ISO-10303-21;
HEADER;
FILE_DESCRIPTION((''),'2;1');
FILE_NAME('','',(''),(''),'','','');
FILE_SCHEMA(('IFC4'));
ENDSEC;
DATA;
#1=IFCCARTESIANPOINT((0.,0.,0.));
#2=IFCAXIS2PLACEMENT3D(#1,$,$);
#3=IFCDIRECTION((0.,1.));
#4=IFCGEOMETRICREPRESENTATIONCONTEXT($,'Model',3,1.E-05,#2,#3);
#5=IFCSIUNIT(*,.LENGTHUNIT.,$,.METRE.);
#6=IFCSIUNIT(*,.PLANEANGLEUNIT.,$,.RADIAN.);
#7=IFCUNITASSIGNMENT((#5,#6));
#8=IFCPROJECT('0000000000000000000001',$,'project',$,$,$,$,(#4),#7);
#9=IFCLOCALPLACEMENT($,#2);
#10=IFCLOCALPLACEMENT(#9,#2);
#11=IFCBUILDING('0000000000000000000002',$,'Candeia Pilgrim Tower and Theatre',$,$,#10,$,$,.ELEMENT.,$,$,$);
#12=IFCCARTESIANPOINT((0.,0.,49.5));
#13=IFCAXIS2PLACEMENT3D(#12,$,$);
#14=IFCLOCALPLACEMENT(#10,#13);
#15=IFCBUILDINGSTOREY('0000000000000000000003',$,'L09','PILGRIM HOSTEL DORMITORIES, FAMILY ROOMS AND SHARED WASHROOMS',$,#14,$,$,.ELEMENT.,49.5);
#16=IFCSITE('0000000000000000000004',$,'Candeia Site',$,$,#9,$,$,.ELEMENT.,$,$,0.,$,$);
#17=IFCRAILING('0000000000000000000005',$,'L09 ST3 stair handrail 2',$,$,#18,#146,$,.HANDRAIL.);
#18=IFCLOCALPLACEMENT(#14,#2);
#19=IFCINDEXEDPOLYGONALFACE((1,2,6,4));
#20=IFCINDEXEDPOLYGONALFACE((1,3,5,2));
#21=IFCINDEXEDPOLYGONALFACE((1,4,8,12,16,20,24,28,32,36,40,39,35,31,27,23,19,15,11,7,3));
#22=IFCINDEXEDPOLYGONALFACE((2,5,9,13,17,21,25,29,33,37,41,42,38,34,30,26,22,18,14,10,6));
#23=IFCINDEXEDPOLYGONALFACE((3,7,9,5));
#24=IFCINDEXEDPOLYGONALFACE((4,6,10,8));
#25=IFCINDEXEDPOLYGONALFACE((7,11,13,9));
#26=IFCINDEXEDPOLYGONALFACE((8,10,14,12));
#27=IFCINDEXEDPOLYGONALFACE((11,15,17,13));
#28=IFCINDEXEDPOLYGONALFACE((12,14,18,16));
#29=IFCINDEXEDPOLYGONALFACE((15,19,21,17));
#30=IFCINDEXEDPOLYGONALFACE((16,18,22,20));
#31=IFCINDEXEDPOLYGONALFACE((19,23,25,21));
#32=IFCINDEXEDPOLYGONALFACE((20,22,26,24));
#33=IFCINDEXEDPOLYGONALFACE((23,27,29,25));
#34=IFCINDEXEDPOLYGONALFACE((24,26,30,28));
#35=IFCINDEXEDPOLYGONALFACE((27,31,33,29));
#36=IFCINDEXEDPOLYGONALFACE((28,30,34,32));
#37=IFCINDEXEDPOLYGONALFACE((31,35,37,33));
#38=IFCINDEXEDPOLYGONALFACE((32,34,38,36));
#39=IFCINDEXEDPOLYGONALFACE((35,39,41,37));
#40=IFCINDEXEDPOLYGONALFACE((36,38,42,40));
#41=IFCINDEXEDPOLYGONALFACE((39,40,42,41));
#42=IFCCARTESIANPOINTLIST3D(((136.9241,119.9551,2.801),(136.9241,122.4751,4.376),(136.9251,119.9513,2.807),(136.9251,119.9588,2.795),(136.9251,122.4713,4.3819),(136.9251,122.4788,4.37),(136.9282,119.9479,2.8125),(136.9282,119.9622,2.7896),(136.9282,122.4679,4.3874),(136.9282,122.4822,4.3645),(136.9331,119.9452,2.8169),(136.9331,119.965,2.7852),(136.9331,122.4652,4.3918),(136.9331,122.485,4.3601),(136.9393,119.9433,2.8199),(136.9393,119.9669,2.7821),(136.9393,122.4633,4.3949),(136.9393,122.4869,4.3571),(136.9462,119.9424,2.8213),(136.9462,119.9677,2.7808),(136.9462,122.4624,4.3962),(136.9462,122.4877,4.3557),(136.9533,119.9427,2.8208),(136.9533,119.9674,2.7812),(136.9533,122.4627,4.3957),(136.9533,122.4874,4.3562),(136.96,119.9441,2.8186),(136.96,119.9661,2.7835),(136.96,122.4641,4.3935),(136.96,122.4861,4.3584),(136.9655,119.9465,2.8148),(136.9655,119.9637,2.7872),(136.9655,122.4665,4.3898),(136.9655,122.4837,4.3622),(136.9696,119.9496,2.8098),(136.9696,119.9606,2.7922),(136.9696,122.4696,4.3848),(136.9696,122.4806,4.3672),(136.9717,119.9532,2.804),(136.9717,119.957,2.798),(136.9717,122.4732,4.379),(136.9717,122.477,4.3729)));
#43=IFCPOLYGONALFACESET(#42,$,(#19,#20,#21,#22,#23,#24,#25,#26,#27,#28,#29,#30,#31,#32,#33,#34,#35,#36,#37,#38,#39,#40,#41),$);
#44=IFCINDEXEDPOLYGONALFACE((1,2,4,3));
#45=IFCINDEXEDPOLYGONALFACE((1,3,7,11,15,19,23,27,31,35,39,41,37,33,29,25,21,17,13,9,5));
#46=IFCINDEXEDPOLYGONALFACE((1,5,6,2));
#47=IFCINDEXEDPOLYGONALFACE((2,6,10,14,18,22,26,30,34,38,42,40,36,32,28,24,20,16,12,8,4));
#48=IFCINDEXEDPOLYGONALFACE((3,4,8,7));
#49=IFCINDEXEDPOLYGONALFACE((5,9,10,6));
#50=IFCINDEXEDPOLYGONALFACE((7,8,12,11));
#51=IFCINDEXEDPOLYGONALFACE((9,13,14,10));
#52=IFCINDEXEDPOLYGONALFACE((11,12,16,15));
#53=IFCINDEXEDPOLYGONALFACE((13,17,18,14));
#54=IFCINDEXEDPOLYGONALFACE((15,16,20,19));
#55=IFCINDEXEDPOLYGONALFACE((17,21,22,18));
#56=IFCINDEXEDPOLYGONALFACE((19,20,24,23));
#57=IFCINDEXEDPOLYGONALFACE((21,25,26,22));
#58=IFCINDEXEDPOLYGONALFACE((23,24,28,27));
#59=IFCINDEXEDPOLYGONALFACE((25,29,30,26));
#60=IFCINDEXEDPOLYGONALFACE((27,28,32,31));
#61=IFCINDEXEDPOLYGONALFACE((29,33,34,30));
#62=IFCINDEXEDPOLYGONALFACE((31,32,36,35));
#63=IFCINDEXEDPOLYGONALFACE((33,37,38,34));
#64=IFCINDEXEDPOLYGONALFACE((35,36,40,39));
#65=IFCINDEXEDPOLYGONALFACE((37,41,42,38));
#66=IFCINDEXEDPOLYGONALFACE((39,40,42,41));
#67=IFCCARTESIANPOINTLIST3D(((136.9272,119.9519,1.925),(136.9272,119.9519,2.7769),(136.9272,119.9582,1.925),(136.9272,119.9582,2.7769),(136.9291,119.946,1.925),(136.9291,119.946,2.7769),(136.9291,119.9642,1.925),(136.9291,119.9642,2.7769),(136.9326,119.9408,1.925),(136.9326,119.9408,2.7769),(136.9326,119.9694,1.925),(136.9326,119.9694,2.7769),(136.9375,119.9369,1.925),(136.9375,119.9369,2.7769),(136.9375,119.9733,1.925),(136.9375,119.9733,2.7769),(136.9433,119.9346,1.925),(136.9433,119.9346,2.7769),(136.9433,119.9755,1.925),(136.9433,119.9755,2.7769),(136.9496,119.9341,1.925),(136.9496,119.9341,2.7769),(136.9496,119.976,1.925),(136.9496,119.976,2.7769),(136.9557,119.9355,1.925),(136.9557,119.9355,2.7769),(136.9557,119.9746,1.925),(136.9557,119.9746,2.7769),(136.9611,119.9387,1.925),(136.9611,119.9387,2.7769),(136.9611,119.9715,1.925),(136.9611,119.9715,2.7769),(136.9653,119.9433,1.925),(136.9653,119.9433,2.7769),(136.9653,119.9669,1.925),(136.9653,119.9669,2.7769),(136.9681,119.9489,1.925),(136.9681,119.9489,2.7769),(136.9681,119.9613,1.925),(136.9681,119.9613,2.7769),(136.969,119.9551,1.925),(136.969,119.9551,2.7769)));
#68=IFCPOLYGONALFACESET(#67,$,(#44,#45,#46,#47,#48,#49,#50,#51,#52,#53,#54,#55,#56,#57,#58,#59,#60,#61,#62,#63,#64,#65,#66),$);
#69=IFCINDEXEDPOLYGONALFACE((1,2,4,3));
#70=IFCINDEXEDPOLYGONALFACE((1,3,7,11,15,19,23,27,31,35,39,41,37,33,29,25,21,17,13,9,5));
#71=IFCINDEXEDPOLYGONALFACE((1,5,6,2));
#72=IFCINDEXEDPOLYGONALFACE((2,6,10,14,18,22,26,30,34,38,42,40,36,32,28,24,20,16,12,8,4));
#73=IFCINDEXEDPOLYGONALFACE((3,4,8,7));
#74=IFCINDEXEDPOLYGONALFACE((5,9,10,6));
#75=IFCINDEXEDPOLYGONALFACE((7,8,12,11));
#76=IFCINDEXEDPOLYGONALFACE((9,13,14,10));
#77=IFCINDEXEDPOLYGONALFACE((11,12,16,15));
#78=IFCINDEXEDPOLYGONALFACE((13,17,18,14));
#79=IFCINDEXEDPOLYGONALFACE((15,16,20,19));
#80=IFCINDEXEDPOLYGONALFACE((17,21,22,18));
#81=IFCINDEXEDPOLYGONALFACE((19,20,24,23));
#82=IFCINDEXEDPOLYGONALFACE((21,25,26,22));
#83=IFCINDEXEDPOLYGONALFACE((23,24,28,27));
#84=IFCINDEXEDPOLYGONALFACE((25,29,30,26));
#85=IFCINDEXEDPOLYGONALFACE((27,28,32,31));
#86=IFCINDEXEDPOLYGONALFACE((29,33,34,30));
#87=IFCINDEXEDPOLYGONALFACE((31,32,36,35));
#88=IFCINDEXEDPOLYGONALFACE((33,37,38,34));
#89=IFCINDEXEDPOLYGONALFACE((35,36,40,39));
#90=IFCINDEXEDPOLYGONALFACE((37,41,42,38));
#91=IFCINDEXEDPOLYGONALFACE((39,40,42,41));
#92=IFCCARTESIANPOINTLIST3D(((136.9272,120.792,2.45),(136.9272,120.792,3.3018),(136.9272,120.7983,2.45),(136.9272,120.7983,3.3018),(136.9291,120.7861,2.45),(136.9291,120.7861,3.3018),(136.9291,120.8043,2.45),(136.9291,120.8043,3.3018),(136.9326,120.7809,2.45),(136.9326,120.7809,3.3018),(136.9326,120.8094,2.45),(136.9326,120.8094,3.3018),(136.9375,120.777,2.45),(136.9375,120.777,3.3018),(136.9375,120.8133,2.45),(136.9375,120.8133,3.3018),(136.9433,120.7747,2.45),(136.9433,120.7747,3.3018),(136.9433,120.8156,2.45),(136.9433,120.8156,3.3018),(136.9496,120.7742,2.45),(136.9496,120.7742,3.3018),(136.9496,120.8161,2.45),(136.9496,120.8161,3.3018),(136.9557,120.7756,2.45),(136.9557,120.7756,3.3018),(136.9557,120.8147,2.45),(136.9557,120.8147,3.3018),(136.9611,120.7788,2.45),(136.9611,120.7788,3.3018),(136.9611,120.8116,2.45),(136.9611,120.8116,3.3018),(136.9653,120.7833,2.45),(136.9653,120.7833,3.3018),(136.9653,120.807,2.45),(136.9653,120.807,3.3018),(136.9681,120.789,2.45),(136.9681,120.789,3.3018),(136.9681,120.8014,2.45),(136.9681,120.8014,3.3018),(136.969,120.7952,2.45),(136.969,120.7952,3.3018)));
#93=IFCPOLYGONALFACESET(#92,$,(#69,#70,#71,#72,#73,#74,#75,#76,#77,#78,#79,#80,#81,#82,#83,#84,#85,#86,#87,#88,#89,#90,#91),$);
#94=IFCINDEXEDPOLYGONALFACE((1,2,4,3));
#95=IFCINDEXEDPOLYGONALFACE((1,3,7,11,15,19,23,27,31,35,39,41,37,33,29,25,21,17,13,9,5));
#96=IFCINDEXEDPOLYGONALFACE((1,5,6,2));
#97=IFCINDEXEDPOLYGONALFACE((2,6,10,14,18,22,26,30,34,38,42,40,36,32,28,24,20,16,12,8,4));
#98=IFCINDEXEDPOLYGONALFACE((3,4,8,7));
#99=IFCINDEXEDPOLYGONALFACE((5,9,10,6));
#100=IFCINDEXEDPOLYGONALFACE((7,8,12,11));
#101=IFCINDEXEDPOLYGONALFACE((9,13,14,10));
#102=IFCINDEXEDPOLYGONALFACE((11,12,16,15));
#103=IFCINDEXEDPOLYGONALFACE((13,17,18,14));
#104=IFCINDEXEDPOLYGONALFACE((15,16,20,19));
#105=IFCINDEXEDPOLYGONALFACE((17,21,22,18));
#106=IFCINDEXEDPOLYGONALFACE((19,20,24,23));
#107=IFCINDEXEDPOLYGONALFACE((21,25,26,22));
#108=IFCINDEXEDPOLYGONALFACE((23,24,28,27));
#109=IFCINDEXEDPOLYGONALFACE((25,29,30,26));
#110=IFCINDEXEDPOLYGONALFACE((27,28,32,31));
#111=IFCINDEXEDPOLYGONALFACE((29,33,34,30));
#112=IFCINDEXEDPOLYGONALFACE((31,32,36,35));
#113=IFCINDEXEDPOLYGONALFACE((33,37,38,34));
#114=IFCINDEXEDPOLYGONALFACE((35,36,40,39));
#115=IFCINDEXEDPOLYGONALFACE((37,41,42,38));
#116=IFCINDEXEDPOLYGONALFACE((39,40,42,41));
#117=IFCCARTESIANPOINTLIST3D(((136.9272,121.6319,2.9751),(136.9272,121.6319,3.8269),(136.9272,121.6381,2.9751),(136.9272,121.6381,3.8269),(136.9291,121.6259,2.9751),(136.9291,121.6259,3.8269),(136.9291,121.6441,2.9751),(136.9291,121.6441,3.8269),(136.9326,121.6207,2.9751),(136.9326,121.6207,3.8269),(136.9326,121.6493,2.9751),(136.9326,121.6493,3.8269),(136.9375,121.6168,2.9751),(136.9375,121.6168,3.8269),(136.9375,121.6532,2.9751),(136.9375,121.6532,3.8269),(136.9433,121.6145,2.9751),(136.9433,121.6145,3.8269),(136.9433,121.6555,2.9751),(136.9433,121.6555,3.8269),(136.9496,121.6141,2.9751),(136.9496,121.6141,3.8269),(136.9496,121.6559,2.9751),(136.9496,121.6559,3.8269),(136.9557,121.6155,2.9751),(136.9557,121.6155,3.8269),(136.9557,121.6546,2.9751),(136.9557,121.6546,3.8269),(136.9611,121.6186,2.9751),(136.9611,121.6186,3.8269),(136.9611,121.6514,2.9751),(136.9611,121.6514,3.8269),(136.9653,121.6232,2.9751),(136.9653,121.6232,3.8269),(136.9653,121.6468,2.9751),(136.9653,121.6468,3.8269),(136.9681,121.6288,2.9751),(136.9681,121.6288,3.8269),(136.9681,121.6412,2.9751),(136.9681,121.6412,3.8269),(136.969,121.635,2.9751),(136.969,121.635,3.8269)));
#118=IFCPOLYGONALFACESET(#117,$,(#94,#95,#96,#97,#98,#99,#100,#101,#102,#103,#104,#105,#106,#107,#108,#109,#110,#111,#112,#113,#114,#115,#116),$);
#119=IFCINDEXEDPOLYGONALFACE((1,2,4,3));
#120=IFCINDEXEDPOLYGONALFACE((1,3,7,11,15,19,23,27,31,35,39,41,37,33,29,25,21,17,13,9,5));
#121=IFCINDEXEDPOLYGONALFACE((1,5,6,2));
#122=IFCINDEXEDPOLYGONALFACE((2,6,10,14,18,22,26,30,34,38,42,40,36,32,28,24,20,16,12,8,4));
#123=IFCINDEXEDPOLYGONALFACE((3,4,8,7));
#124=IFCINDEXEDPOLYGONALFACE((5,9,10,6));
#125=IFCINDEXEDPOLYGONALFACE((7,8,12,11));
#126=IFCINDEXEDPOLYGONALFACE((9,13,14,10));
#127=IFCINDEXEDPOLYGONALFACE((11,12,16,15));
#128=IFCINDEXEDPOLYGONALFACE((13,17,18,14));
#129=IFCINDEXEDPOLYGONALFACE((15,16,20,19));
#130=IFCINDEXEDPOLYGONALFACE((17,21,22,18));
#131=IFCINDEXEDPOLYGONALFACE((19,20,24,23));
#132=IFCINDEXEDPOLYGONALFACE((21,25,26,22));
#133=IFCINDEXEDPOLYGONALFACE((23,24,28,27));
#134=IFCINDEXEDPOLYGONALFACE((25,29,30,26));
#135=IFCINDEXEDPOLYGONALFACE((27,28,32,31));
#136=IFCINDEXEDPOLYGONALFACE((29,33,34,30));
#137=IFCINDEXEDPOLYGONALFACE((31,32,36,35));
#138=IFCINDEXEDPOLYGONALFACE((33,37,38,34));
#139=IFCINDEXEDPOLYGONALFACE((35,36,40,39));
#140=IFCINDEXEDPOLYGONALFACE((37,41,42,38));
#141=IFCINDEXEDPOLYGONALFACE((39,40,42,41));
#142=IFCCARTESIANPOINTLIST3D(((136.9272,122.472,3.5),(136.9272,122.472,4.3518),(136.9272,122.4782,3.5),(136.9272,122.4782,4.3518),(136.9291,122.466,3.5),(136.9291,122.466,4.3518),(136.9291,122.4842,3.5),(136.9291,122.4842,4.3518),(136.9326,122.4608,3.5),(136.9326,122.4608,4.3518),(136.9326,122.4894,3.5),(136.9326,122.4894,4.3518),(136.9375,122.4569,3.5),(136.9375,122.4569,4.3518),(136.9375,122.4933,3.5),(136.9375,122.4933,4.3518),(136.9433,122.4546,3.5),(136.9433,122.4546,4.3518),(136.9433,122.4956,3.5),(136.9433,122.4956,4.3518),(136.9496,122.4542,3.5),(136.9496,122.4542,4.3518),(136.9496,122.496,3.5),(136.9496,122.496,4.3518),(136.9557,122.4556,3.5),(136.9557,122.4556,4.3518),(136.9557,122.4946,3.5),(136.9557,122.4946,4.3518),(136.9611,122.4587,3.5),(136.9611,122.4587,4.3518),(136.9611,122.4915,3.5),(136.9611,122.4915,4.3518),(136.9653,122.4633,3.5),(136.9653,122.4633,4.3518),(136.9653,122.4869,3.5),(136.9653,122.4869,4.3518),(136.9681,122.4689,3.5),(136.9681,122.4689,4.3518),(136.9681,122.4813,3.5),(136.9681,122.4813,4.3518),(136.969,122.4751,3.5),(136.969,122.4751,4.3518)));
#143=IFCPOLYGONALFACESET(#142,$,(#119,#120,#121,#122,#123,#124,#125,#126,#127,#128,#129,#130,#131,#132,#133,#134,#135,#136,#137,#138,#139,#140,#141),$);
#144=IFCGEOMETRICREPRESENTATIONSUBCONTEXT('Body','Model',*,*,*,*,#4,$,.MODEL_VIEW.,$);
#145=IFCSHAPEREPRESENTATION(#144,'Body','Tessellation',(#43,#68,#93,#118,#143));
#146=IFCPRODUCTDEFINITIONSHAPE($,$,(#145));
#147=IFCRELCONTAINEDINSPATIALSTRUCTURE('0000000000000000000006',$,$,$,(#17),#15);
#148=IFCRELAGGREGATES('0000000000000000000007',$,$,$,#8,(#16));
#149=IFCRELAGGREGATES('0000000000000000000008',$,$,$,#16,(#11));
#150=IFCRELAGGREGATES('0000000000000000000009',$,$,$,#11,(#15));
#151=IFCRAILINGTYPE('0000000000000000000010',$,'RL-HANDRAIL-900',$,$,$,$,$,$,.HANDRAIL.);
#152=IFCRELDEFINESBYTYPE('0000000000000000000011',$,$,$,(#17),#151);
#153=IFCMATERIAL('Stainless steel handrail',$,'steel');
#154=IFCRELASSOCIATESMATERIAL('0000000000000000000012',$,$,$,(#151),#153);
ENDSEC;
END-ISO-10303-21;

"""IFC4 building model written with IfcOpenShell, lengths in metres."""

from ifc_helpers import new_model, si_unit, direction, frame, origin, origin_2d, place, context, subcontext, project, spatial, circle, extrude, material, type_object, element, save


model = new_model("IFC4")

# Units and contexts
model_context = context("Model", 3, precision=1e-05, world=origin(), true_north=direction((0.0, 1.0)))
body_context = subcontext(model_context, "Body", "Model", "MODEL_VIEW")
ifc_project = project(units=[si_unit("LENGTHUNIT", "METRE"), si_unit("PLANEANGLEUNIT", "RADIAN")], contexts=[model_context])

# Site, building, storey
site_placement = place(None, origin())
site = spatial("IfcSite", under=ifc_project, at=site_placement, Name="Candeia Site", CompositionType="ELEMENT", RefElevation=0.0)
building_placement = place(site_placement, origin())
building = spatial("IfcBuilding", under=site, at=building_placement, Name="Candeia Pilgrim Tower and Theatre", CompositionType="ELEMENT")
storey_placement = place(building_placement, frame((0.0, 0.0, 49.5)))
storey = spatial("IfcBuildingStorey", under=building, at=storey_placement, Name="L09", Description="PILGRIM HOSTEL DORMITORIES, FAMILY ROOMS AND SHARED WASHROOMS", CompositionType="ELEMENT", Elevation=49.5)

# Railing
ifc_material_1 = material(Name="Stainless steel handrail", Category="steel")
railing_type_1 = type_object("IfcRailingType", Name="RL-HANDRAIL-900", PredefinedType="HANDRAIL", material=ifc_material_1)
railing_1_placement = place(storey_placement, frame((136.948, 119.9551, 1.925)))
element("IfcRailing", 1, at=railing_1_placement, inside=storey, type_object=railing_type_1, Name="L09 ST3 stair handrail 2", PredefinedType="HANDRAIL", context=body_context, shape_type="SweptSolid", body=[
    extrude(circle(Radius=0.0239, at=origin_2d()), frame((0.0, 0.0, 0.876), z_axis=(0.0, 0.848008, 0.529984), x_axis=(-1.0, 0.0, 0.0)), (0.0, 0.0, 1.0), 2.9717),
    extrude(circle(Radius=0.021, at=origin_2d()), origin(), (0.0, 0.0, 1.0), 0.8518),
    extrude(circle(Radius=0.021, at=origin_2d()), frame((0.0, 0.8401, 0.5249)), (0.0, 0.0, 1.0), 0.8518),
    extrude(circle(Radius=0.021, at=origin_2d()), frame((0.0, 1.6799, 1.05)), (0.0, 0.0, 1.0), 0.8518),
    extrude(circle(Radius=0.021, at=origin_2d()), frame((0.0, 2.52, 1.575)), (0.0, 0.0, 1.0), 0.8518),
])

save(model, "model.ifc")
